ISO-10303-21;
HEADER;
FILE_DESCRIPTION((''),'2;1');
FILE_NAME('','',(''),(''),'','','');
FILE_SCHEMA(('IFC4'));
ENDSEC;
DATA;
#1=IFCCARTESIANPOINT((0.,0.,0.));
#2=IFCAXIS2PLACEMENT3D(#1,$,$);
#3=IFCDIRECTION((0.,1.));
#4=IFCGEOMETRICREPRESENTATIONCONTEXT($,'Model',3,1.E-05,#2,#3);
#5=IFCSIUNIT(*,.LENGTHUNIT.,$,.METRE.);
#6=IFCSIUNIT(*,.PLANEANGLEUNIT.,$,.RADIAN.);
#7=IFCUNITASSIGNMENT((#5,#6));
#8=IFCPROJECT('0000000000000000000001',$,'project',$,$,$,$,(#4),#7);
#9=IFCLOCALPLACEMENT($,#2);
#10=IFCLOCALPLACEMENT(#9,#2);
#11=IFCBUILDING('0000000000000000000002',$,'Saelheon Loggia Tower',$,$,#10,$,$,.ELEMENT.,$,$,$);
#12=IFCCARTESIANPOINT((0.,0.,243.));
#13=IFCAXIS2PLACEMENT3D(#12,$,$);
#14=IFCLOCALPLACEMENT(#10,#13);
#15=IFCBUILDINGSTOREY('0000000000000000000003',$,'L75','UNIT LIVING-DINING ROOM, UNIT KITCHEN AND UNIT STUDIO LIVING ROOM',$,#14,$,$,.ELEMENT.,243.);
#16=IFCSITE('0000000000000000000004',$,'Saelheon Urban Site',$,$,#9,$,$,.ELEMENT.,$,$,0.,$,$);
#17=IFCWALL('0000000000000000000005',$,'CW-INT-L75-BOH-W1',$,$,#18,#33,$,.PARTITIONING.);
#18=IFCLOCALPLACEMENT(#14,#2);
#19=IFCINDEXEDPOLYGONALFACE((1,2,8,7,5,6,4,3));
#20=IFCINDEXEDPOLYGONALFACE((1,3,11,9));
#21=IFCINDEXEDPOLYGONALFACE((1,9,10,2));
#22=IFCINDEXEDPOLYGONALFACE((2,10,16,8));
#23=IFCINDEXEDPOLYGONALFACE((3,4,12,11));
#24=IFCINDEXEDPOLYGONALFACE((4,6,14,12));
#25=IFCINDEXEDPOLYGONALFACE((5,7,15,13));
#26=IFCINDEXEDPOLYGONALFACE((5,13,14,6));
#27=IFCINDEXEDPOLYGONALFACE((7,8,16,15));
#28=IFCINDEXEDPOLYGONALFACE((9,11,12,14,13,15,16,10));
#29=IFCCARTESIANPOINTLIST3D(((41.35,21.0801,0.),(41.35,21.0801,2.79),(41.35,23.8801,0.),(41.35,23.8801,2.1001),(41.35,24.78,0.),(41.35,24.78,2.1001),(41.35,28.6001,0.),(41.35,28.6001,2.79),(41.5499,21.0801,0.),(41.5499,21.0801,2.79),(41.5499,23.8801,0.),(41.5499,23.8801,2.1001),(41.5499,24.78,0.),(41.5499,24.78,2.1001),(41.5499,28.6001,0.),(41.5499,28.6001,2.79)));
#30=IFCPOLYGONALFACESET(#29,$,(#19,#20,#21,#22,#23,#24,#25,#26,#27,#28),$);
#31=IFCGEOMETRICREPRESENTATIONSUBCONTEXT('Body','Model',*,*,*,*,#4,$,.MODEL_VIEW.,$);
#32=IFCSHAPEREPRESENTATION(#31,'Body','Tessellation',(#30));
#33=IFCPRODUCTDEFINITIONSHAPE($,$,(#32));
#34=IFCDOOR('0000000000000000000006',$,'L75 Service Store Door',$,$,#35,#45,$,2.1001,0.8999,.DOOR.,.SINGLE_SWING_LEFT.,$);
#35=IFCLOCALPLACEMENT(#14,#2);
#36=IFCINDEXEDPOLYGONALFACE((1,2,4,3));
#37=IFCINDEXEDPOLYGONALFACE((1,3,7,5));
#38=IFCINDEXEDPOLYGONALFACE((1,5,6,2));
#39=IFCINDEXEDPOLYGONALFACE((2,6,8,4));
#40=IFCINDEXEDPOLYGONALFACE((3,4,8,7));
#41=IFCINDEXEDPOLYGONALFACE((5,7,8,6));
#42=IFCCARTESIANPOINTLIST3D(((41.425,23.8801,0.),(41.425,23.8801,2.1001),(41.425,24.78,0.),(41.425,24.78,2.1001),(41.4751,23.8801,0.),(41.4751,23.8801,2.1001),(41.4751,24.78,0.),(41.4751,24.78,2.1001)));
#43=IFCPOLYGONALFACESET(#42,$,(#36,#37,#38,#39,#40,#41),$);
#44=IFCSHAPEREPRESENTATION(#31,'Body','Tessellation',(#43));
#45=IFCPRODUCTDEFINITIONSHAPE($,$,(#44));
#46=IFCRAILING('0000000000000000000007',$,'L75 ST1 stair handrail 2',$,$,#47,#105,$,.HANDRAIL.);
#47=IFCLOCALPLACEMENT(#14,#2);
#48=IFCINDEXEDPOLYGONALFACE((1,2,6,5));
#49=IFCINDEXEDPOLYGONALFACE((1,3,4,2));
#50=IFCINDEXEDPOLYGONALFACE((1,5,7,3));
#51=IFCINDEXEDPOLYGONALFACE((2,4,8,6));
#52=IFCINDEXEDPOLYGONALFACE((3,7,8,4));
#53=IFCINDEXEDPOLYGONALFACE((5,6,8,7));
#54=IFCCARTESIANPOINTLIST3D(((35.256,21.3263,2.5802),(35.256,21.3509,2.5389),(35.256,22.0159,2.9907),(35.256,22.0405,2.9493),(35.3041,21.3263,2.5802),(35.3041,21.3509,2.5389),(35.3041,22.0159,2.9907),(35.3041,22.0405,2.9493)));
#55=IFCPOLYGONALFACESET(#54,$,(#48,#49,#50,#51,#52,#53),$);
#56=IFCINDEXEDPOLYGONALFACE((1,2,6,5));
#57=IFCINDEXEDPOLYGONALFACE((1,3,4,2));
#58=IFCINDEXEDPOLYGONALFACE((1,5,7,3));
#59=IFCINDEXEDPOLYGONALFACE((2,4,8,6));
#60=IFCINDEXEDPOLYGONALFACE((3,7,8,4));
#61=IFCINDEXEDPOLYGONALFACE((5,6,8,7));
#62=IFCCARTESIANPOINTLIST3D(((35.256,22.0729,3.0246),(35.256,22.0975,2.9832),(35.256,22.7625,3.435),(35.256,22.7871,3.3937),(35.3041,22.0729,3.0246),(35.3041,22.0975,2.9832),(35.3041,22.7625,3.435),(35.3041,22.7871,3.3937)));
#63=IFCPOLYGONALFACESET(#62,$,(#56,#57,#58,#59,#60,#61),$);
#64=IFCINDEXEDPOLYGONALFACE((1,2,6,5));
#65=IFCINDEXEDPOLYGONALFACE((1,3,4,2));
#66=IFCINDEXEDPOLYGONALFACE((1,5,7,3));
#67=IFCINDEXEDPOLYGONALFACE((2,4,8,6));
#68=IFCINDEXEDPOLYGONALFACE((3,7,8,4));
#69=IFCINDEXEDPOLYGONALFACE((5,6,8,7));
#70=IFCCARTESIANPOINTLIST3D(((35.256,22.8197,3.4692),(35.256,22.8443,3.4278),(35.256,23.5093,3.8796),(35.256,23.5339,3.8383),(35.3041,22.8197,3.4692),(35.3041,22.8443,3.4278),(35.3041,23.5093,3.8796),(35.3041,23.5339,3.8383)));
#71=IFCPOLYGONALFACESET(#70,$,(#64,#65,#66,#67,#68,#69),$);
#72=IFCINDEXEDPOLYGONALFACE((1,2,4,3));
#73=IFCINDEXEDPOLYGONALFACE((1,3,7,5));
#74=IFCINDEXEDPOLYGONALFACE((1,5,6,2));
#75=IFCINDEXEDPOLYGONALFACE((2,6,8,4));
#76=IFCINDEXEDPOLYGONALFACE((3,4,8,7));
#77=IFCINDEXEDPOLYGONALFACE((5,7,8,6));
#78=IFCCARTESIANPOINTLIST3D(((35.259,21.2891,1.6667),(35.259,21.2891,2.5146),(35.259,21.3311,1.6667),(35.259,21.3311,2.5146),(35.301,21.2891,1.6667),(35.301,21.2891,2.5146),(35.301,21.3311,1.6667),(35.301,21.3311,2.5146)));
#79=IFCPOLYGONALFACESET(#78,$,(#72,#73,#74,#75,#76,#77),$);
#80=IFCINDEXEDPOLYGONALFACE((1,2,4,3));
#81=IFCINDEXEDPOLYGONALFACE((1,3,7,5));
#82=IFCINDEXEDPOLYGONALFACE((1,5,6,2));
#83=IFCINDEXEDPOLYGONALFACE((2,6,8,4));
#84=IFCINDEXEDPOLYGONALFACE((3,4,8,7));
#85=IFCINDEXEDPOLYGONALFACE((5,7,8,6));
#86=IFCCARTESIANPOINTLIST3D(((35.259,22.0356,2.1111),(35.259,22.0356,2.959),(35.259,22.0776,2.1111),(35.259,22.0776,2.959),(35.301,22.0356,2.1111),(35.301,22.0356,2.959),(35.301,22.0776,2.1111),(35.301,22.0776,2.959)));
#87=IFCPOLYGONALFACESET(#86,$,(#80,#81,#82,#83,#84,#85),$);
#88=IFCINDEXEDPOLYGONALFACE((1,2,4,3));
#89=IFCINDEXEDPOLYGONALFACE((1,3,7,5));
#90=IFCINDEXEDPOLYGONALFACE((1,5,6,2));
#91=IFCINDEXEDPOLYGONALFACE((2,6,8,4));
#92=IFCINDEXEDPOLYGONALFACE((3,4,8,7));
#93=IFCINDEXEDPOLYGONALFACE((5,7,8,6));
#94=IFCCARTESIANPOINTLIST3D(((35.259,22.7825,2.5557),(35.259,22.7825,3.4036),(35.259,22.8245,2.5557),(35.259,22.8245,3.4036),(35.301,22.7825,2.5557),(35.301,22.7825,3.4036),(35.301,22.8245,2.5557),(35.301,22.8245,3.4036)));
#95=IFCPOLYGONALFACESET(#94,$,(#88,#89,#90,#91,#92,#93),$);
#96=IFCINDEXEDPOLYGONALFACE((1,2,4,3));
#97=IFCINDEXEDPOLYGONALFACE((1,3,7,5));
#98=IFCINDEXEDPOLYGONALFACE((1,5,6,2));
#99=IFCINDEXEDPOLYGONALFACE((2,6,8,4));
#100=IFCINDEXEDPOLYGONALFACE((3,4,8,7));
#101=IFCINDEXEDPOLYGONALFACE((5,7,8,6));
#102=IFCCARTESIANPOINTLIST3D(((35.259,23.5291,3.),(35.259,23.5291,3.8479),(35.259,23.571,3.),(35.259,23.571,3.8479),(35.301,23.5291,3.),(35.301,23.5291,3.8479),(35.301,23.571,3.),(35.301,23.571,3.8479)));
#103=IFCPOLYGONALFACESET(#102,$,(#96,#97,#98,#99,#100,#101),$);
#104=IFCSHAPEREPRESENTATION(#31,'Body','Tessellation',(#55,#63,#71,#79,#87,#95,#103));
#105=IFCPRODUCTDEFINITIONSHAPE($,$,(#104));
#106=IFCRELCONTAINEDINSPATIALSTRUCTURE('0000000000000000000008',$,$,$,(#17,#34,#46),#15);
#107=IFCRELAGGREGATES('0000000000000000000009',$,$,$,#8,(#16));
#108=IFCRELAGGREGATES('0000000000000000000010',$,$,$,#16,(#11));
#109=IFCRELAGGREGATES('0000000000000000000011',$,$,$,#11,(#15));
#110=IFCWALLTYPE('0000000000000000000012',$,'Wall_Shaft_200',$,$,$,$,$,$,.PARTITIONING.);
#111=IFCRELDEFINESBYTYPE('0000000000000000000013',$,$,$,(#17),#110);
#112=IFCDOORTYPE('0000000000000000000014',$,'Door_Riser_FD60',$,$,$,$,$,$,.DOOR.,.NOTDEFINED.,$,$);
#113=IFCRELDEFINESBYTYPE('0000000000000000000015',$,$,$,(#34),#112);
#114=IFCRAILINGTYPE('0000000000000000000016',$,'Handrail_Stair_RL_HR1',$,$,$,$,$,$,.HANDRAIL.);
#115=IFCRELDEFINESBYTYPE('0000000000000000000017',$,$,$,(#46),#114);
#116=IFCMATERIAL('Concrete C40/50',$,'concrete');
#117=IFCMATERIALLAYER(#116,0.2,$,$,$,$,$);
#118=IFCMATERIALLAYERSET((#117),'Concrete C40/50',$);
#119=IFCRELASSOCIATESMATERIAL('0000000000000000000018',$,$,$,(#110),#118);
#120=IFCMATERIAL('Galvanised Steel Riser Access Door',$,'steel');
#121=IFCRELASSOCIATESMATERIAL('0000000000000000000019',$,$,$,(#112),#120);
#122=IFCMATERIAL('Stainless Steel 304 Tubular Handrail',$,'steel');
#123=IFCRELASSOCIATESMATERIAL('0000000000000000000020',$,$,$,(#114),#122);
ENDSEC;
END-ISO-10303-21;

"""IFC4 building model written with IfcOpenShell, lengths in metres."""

from ifc_helpers import new_model, si_unit, direction, frame, frame_2d, origin, origin_2d, place, context, subcontext, project, spatial, rectangle, extrude, source, transform, mapped, material, layer, layer_set, type_object, element, fill, save


model = new_model("IFC4")

# Units and contexts
model_context = context("Model", 3, precision=1e-05, world=origin(), true_north=direction((0.0, 1.0)))
body_context = subcontext(model_context, "Body", "Model", "MODEL_VIEW")
ifc_project = project(units=[si_unit("LENGTHUNIT", "METRE"), si_unit("PLANEANGLEUNIT", "RADIAN")], contexts=[model_context])

# Site, building, storey
site_placement = place(None, origin())
site = spatial("IfcSite", under=ifc_project, at=site_placement, Name="Saelheon Urban Site", CompositionType="ELEMENT", RefElevation=0.0)
building_placement = place(site_placement, origin())
building = spatial("IfcBuilding", under=site, at=building_placement, Name="Saelheon Loggia Tower", CompositionType="ELEMENT")
storey_placement = place(building_placement, frame((0.0, 0.0, 243.0)))
storey = spatial("IfcBuildingStorey", under=building, at=storey_placement, Name="L75", Description="UNIT LIVING-DINING ROOM, UNIT KITCHEN AND UNIT STUDIO LIVING ROOM", CompositionType="ELEMENT", Elevation=243.0)

# Shared definitions
ifc_material_1 = material(Name="Concrete C40/50", Category="concrete")
ifc_layer_1 = layer(ifc_material_1, 0.2)
ifc_layer_set_1 = layer_set([ifc_layer_1], Name="Concrete C40/50")
wall_type_1 = type_object("IfcWallType", Name="Wall_Shaft_200", PredefinedType="PARTITIONING", material=ifc_layer_set_1)

# Shared definitions
ifc_material_2 = material(Name="Galvanised Steel Riser Access Door", Category="steel")
door_type_1 = type_object("IfcDoorType", Name="Door_Riser_FD60", OperationType="NOTDEFINED", PredefinedType="DOOR", material=ifc_material_2)
shared_shape_1 = source(origin(), body_context, "Body", "SweptSolid", [
    extrude(rectangle(XDim=0.8999, YDim=2.1001, at=frame_2d((0.45, 1.05))), frame((0.0, 0.0249, 0.0), z_axis=(0.0, -1.0, 0.0), x_axis=(1.0, 0.0, 0.0)), (0.0, 0.0, 1.0), 0.05),
])

# Wall, opening, door
wall_1_placement = place(storey_placement, frame((41.45, 21.0801, 0.0), z_axis=(0.0, 0.0, 1.0), x_axis=(0.0, 1.0, 0.0)))
wall_1 = element("IfcWall", 1, at=wall_1_placement, inside=storey, type_object=wall_type_1, Name="CW-INT-L75-BOH-W1", PredefinedType="PARTITIONING", context=body_context, shape_type="SweptSolid", body=[
    extrude(rectangle(XDim=7.52, YDim=0.2, at=frame_2d((3.76, 0.0))), origin(), (0.0, 0.0, 1.0), 2.79),
])
opening_1_placement = place(wall_1_placement, frame((2.8, 0.0, 0.0)))
opening_1 = element("IfcOpeningElement", 2, at=opening_1_placement, cuts=wall_1, PredefinedType="OPENING", context=body_context, shape_type="SweptSolid", body=[
    extrude(rectangle(XDim=0.8999, YDim=2.1001, at=frame_2d((0.45, 1.05))), frame((0.0, 0.1121, 0.0), z_axis=(0.0, -1.0, 0.0), x_axis=(1.0, 0.0, 0.0)), (0.0, 0.0, 1.0), 0.2239),
])
door_1_placement = place(opening_1_placement, origin())
door_1 = element("IfcDoor", 3, at=door_1_placement, inside=storey, type_object=door_type_1, Name="L75 Service Store Door", OperationType="SINGLE_SWING_LEFT", OverallHeight=2.1001, OverallWidth=0.8999, PredefinedType="DOOR", context=body_context, shape_type="MappedRepresentation", body=[
    mapped(shared_shape_1, transform((0.0, 0.0, 0.0), scale=1.0)),
])
fill(opening_1, door_1)

# Railing
ifc_material_3 = material(Name="Stainless Steel 304 Tubular Handrail", Category="steel")
railing_type = type_object("IfcRailingType", Name="Handrail_Stair_RL_HR1", PredefinedType="HANDRAIL", material=ifc_material_3)
railing_placement = place(storey_placement, frame((35.28, 21.3101, 1.6667)))
element("IfcRailing", 4, at=railing_placement, inside=storey, type_object=railing_type, Name="L75 ST1 stair handrail 2", PredefinedType="HANDRAIL", context=body_context, shape_type="SweptSolid", body=[
    extrude(rectangle(XDim=0.0481, YDim=0.0481, at=origin_2d()), frame((0.0, 0.0286, 0.8928), z_axis=(0.0, 0.859306, 0.511462), x_axis=(-1.0, 0.0, 0.0)), (0.0, 0.0, 1.0), 0.8025),
    extrude(rectangle(XDim=0.0481, YDim=0.0481, at=origin_2d()), frame((0.0, 0.7751, 1.3372), z_axis=(0.0, 0.859306, 0.511462), x_axis=(-1.0, 0.0, 0.0)), (0.0, 0.0, 1.0), 0.8025),
    extrude(rectangle(XDim=0.0481, YDim=0.0481, at=origin_2d()), frame((0.0, 1.522, 1.7817), z_axis=(0.0, 0.859306, 0.511462), x_axis=(-1.0, 0.0, 0.0)), (0.0, 0.0, 1.0), 0.8025),
    extrude(rectangle(XDim=0.042, YDim=0.042, at=origin_2d()), origin(), (0.0, 0.0, 1.0), 0.8479),
    extrude(rectangle(XDim=0.042, YDim=0.042, at=origin_2d()), frame((0.0, 0.7466, 0.4443)), (0.0, 0.0, 1.0), 0.8479),
    extrude(rectangle(XDim=0.042, YDim=0.042, at=origin_2d()), frame((0.0, 1.4934, 0.8889)), (0.0, 0.0, 1.0), 0.8479),
    extrude(rectangle(XDim=0.042, YDim=0.042, at=origin_2d()), frame((0.0, 2.24, 1.3333)), (0.0, 0.0, 1.0), 0.8479),
])

save(model, "model.ifc")
